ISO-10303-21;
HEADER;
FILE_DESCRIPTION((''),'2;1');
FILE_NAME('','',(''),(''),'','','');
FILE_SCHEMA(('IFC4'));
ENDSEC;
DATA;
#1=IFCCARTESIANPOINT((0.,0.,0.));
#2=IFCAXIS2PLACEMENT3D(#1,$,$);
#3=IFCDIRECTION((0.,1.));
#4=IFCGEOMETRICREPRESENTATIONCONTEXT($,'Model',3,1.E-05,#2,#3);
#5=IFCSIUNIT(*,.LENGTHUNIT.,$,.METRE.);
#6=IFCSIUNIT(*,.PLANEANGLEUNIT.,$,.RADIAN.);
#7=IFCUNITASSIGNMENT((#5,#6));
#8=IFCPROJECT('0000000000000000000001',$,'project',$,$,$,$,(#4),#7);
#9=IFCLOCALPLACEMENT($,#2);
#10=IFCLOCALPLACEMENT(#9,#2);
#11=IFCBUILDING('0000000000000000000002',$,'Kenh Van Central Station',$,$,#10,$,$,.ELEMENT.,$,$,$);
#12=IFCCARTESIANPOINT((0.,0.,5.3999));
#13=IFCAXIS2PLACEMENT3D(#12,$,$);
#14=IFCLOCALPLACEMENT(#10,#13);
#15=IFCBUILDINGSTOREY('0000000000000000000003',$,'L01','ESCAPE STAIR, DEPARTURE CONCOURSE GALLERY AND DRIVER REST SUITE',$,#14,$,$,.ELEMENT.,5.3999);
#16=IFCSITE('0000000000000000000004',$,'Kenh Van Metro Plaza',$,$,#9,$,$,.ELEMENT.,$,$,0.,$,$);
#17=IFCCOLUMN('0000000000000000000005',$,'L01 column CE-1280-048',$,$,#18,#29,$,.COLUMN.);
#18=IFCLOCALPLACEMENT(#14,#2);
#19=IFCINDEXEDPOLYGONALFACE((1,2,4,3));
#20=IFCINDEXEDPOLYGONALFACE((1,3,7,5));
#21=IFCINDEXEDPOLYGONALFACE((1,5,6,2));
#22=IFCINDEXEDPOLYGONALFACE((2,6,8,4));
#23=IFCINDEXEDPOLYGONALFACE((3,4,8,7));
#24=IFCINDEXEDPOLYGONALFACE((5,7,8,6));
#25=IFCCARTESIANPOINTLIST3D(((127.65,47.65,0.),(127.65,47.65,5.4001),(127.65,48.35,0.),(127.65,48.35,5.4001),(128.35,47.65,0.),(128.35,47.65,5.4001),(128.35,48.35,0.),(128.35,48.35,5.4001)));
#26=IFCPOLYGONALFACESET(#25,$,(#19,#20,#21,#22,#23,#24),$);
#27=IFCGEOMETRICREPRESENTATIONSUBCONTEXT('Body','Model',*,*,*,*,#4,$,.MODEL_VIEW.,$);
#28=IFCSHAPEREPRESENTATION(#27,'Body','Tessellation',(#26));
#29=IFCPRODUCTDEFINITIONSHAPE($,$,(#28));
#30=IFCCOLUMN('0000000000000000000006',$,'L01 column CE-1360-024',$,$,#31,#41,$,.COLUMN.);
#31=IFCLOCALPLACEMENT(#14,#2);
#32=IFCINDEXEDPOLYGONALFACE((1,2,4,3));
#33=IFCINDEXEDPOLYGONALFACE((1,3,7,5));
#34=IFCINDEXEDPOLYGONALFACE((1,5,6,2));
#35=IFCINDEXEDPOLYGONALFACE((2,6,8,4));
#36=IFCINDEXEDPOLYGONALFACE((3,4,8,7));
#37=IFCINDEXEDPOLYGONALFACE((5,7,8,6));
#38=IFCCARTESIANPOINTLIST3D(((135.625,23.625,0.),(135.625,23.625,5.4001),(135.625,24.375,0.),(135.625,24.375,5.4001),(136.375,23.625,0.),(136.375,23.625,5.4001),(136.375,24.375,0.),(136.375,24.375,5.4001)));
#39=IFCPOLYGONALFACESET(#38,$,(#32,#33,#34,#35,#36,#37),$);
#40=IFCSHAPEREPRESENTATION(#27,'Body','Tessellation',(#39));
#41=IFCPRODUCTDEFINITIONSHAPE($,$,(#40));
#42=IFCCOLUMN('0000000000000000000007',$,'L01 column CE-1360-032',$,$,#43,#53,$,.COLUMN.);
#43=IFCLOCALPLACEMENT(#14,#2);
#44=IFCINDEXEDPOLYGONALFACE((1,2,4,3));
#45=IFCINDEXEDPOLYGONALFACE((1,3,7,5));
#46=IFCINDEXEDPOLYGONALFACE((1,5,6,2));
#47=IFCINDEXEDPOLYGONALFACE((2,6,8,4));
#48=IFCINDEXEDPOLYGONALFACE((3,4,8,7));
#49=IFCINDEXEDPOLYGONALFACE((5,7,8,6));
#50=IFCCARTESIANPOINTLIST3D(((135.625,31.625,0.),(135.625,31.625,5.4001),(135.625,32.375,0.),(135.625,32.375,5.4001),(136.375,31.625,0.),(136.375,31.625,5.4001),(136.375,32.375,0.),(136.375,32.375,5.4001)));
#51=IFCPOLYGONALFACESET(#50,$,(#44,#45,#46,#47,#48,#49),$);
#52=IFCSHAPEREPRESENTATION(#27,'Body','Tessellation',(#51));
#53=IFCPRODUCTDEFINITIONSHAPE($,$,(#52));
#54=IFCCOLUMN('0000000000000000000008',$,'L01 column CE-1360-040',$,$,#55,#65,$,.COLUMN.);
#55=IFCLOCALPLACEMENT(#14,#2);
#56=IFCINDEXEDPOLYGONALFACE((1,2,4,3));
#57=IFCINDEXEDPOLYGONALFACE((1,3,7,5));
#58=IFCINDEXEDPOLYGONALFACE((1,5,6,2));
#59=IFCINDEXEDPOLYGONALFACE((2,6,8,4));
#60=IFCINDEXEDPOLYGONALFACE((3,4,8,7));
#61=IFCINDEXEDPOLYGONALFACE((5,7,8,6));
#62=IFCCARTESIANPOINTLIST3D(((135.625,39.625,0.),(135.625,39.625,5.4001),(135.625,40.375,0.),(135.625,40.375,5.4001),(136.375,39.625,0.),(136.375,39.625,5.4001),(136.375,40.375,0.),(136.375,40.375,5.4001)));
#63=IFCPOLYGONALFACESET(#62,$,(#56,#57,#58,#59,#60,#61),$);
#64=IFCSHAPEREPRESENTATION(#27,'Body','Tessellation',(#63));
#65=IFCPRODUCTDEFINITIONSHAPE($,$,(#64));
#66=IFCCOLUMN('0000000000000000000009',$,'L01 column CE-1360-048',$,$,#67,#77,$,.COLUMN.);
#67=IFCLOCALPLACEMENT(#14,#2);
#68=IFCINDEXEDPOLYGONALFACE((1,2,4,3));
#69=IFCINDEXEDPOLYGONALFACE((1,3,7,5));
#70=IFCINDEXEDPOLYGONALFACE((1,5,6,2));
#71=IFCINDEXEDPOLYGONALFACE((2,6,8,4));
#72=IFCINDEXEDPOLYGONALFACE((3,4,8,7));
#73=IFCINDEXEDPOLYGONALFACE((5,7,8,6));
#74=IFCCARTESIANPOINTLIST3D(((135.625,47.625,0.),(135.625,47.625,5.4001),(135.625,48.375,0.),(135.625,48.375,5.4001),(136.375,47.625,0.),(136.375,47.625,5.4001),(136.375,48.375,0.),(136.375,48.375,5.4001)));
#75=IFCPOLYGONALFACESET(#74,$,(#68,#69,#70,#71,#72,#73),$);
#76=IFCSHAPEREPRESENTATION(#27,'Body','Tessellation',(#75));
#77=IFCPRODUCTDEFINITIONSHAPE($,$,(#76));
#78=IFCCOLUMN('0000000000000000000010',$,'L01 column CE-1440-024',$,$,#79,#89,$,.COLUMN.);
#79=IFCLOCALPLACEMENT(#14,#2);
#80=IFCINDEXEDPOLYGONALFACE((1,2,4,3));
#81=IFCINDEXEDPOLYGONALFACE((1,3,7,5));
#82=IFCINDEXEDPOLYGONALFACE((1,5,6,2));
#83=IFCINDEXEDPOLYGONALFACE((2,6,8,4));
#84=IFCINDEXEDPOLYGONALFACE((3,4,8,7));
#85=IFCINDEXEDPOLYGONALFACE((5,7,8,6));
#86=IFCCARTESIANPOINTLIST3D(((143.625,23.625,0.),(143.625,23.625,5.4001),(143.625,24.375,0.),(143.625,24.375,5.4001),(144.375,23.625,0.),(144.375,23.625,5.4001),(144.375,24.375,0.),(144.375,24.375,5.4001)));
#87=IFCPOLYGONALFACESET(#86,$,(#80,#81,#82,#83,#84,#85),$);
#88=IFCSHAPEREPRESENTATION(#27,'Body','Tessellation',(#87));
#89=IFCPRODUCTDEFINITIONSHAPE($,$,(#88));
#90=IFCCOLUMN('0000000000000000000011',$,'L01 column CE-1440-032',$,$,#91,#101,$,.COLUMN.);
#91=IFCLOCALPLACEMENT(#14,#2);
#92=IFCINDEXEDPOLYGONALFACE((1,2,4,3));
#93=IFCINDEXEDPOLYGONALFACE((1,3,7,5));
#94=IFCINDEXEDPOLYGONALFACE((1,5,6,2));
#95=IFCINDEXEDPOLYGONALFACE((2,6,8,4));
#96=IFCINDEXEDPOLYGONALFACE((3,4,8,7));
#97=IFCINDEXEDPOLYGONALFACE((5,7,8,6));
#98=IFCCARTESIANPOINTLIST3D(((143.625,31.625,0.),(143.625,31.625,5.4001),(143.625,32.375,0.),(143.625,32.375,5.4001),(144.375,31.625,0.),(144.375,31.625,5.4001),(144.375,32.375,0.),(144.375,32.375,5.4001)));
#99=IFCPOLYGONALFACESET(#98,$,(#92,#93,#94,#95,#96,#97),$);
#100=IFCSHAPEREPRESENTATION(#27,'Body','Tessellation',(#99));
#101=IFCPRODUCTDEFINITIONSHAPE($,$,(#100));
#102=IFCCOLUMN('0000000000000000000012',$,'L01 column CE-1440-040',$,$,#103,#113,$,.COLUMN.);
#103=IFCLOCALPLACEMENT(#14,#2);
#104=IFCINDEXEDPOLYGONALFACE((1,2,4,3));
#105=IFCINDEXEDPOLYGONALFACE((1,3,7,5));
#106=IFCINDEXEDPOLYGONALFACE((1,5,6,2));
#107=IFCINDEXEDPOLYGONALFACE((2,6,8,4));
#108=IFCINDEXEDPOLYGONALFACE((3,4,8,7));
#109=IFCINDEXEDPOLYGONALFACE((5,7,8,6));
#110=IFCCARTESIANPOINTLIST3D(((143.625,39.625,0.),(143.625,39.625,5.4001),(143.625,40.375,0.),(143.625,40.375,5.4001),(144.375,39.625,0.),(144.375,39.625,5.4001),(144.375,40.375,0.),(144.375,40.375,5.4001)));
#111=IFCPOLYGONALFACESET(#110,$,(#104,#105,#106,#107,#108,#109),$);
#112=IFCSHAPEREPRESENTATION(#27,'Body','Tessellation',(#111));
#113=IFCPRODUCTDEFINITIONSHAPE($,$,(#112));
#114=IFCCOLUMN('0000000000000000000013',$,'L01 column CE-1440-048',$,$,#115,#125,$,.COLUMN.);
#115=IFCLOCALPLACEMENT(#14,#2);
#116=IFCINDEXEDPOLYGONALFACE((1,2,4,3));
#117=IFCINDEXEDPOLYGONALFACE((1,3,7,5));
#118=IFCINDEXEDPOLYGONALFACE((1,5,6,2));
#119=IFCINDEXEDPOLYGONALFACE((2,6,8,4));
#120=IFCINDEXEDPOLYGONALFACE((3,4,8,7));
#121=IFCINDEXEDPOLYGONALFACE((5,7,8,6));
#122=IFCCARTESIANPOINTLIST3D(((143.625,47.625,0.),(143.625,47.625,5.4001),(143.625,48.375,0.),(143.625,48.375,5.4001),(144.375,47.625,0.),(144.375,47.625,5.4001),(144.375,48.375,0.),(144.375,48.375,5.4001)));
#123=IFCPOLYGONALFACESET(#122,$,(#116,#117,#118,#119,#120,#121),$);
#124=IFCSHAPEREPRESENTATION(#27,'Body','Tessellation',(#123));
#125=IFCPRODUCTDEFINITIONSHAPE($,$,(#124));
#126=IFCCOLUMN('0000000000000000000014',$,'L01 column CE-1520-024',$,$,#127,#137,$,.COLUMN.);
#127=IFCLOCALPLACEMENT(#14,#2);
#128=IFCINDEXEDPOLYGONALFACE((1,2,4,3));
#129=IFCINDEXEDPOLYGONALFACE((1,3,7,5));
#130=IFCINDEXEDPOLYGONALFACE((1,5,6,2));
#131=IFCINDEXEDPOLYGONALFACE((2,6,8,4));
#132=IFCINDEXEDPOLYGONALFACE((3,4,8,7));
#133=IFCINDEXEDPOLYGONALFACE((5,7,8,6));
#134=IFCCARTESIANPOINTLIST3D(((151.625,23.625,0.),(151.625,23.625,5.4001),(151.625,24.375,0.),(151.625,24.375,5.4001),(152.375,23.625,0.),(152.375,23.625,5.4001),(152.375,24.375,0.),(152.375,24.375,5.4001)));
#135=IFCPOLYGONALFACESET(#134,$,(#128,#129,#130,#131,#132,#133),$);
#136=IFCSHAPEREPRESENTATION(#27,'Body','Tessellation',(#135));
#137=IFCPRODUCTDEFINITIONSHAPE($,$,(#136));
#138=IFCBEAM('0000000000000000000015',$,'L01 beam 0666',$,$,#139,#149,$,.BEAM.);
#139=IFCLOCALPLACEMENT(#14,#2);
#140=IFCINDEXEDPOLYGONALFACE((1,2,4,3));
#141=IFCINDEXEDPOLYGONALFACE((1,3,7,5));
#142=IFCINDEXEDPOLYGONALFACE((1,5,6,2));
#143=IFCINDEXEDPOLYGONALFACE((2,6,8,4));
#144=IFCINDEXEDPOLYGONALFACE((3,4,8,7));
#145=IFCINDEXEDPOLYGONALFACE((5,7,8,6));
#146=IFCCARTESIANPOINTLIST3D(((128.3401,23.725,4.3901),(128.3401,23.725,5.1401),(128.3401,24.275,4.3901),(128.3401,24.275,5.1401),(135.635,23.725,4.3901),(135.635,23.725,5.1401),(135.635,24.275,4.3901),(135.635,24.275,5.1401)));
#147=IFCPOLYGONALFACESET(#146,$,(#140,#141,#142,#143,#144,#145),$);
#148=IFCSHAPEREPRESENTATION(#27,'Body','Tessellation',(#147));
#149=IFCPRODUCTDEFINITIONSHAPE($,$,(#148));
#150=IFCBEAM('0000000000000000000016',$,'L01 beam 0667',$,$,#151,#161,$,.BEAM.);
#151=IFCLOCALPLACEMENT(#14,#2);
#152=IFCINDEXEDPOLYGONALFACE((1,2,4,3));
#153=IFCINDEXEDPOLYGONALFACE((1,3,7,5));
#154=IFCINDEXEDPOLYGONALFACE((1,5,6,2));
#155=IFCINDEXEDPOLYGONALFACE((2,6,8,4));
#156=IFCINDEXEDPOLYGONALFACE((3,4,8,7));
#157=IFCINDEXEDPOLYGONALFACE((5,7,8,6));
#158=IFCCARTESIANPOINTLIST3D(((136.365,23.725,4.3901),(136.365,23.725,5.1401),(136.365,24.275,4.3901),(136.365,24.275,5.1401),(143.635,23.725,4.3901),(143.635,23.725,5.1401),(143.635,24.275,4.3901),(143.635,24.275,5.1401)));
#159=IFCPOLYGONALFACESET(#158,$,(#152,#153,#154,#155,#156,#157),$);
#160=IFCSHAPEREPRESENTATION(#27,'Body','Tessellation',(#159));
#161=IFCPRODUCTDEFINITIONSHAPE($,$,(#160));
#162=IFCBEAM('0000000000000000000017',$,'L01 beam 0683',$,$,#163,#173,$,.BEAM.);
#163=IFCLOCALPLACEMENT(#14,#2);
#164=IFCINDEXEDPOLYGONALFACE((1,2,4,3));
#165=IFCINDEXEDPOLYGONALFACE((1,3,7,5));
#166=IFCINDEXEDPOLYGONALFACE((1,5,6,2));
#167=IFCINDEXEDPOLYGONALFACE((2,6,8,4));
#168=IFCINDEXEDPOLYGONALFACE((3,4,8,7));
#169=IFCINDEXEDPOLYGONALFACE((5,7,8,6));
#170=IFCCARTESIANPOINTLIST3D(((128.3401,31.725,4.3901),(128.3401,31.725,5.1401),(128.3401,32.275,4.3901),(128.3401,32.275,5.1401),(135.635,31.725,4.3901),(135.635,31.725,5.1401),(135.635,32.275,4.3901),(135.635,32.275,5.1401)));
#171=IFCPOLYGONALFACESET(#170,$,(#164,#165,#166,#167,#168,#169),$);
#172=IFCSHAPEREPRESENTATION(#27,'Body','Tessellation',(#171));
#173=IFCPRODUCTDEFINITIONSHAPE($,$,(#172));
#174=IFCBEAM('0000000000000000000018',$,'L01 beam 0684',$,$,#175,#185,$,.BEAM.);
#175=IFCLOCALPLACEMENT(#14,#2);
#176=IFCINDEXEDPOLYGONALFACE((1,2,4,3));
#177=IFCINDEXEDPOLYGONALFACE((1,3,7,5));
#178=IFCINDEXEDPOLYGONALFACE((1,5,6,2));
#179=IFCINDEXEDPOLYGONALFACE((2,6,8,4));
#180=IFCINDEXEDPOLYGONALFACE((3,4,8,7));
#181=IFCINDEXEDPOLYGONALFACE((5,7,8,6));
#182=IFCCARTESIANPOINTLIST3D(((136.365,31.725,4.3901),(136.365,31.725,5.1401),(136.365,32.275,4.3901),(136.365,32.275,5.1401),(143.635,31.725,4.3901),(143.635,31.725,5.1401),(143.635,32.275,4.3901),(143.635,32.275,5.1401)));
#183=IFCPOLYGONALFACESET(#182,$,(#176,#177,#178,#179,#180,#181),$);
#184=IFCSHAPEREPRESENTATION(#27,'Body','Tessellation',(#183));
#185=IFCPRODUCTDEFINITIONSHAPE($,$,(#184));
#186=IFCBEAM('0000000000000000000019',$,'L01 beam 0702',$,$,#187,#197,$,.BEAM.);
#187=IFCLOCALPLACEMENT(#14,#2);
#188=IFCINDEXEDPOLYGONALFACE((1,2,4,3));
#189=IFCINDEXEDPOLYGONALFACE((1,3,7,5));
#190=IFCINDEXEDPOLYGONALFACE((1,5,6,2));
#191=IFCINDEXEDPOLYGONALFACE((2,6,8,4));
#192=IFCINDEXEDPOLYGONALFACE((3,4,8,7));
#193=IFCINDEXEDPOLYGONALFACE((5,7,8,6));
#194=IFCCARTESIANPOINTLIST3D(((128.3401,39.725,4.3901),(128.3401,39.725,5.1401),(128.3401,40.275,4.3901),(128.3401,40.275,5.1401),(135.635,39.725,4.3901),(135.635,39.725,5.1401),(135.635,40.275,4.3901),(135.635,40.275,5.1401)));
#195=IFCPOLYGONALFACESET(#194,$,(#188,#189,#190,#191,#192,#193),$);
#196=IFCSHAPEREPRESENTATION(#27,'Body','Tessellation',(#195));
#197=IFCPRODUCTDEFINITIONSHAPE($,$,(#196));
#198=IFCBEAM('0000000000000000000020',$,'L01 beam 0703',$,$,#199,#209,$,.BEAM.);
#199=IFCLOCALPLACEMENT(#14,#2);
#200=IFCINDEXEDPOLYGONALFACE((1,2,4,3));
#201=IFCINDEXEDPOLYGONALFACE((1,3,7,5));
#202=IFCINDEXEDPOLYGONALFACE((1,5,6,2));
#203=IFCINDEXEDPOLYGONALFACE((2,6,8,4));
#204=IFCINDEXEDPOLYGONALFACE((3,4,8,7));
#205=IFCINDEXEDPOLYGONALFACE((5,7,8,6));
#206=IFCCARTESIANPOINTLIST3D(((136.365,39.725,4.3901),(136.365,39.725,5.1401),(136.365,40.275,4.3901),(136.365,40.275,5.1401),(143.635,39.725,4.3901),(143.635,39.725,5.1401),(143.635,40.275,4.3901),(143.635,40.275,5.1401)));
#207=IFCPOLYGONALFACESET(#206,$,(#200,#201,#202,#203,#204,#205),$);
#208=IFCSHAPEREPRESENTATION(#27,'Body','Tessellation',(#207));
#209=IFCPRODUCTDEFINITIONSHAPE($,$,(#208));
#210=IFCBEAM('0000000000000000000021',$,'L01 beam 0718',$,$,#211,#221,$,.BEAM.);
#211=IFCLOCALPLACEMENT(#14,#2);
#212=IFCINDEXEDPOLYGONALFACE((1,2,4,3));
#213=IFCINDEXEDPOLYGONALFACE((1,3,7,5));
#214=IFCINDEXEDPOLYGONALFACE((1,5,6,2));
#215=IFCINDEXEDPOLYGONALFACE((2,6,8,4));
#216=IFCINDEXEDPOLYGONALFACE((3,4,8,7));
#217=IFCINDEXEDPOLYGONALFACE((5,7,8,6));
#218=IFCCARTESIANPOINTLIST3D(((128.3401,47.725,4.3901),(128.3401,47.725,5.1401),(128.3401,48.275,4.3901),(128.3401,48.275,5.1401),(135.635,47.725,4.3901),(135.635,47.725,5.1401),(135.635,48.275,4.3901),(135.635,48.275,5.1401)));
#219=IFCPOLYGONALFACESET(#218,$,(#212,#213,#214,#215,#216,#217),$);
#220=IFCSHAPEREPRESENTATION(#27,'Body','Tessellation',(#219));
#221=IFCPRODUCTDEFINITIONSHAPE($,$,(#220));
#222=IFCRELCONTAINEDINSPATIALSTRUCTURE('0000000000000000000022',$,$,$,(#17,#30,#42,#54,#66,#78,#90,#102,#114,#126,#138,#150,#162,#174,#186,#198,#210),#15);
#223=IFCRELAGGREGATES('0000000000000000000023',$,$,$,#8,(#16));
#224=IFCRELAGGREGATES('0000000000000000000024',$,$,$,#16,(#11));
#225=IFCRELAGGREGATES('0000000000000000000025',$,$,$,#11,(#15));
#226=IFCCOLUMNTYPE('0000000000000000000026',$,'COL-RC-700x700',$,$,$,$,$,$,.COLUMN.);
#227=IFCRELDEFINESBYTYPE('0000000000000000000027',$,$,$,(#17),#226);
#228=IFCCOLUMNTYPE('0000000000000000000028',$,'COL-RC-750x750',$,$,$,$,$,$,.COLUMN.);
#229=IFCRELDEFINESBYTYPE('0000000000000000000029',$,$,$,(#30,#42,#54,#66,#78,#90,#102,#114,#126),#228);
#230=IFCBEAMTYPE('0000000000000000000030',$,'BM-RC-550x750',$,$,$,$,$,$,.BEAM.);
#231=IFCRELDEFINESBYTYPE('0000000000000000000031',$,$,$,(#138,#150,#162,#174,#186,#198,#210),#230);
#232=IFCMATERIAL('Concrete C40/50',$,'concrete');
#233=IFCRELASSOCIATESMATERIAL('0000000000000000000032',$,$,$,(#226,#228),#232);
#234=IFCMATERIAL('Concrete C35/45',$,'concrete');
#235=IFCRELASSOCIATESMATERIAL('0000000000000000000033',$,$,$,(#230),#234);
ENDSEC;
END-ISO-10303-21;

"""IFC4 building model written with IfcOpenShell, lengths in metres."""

from ifc_helpers import new_model, si_unit, direction, frame, origin, origin_2d, place, context, subcontext, project, spatial, rectangle, extrude, material, material_profile, profile_set, type_object, element, save


model = new_model("IFC4")

# Units and contexts
model_context = context("Model", 3, precision=1e-05, world=origin(), true_north=direction((0.0, 1.0)))
body_context = subcontext(model_context, "Body", "Model", "MODEL_VIEW")
ifc_project = project(units=[si_unit("LENGTHUNIT", "METRE"), si_unit("PLANEANGLEUNIT", "RADIAN")], contexts=[model_context])

# Site, building, storey
site_placement = place(None, origin())
site = spatial("IfcSite", under=ifc_project, at=site_placement, Name="Kenh Van Metro Plaza", CompositionType="ELEMENT", RefElevation=0.0)
building_placement = place(site_placement, origin())
building = spatial("IfcBuilding", under=site, at=building_placement, Name="Kenh Van Central Station", CompositionType="ELEMENT")
storey_placement = place(building_placement, frame((0.0, 0.0, 5.3999)))
storey = spatial("IfcBuildingStorey", under=building, at=storey_placement, Name="L01", Description="ESCAPE STAIR, DEPARTURE CONCOURSE GALLERY AND DRIVER REST SUITE", CompositionType="ELEMENT", Elevation=5.3999)

# Columns
ifc_material_1 = material(Name="Concrete C40/50", Category="concrete")
ifc_material_profile_1 = material_profile(ifc_material_1, rectangle(XDim=0.7, YDim=0.7, at=origin_2d()), Name="RC 700x700")
ifc_profile_set_1 = profile_set([ifc_material_profile_1], Name="Concrete C40/50")
column_type_1 = type_object("IfcColumnType", Name="COL-RC-700x700", PredefinedType="COLUMN", material=ifc_profile_set_1)
column_placement = place(storey_placement, frame((128.0, 48.0, 0.0), z_axis=(0.0, 0.0, 1.0), x_axis=(1.0, 0.0, 0.0)))
element("IfcColumn", 1, at=column_placement, inside=storey, type_object=column_type_1, Name="L01 column CE-1280-048", PredefinedType="COLUMN", context=body_context, shape_type="SweptSolid", body=[
    extrude(rectangle(XDim=0.7, YDim=0.7, at=origin_2d()), origin(), (0.0, 0.0, 1.0), 5.4001),
])
ifc_material_profile_2 = material_profile(ifc_material_1, rectangle(XDim=0.75, YDim=0.75, at=origin_2d()), Name="RC 750x750")
ifc_profile_set_2 = profile_set([ifc_material_profile_2], Name="Concrete C40/50")
column_type_2 = type_object("IfcColumnType", Name="COL-RC-750x750", PredefinedType="COLUMN", material=ifc_profile_set_2)
for number, where, z_axis, x_axis, name in (
    (2, (136.0, 24.0, 0.0), (0.0, 0.0, 1.0), (1.0, 0.0, 0.0), "L01 column CE-1360-024"),
    (3, (136.0, 32.0, 0.0), (0.0, 0.0, 1.0), (1.0, 0.0, 0.0), "L01 column CE-1360-032"),
    (4, (136.0, 40.0, 0.0), (0.0, 0.0, 1.0), (1.0, 0.0, 0.0), "L01 column CE-1360-040"),
    (5, (136.0, 48.0, 0.0), (0.0, 0.0, 1.0), (1.0, 0.0, 0.0), "L01 column CE-1360-048"),
    (6, (144.0, 24.0, 0.0), (0.0, 0.0, 1.0), (1.0, 0.0, 0.0), "L01 column CE-1440-024"),
    (7, (144.0, 32.0, 0.0), (0.0, 0.0, 1.0), (1.0, 0.0, 0.0), "L01 column CE-1440-032"),
    (8, (144.0, 40.0, 0.0), (0.0, 0.0, 1.0), (1.0, 0.0, 0.0), "L01 column CE-1440-040"),
    (9, (144.0, 48.0, 0.0), (0.0, 0.0, 1.0), (1.0, 0.0, 0.0), "L01 column CE-1440-048"),
    (10, (152.0, 24.0, 0.0), (0.0, 0.0, 1.0), (1.0, 0.0, 0.0), "L01 column CE-1520-024"),
):
    element("IfcColumn", number, at=place(storey_placement, frame(where, z_axis=z_axis, x_axis=x_axis)), inside=storey, type_object=column_type_2, Name=name, PredefinedType="COLUMN", context=body_context, shape_type="SweptSolid", body=[
        extrude(rectangle(XDim=0.75, YDim=0.75, at=origin_2d()), origin(), (0.0, 0.0, 1.0), 5.4001),
    ])

# Beams
ifc_material_2 = material(Name="Concrete C35/45", Category="concrete")
ifc_material_profile_3 = material_profile(ifc_material_2, rectangle(XDim=0.55, YDim=0.75, at=origin_2d()), Name="RC 550x750")
ifc_profile_set_3 = profile_set([ifc_material_profile_3], Name="Concrete C35/45")
beam_type = type_object("IfcBeamType", Name="BM-RC-550x750", PredefinedType="BEAM", material=ifc_profile_set_3)
beam_1_placement = place(storey_placement, frame((128.3401, 24.0, 4.7651), z_axis=(1.0, 0.0, 0.0), x_axis=(0.0, 1.0, 0.0)))
element("IfcBeam", 11, at=beam_1_placement, inside=storey, type_object=beam_type, Name="L01 beam 0666", PredefinedType="BEAM", context=body_context, shape_type="SweptSolid", body=[
    extrude(rectangle(XDim=0.55, YDim=0.75, at=origin_2d()), origin(), (0.0, 0.0, 1.0), 7.2949),
])
beam_2_placement = place(storey_placement, frame((136.365, 24.0, 4.7651), z_axis=(1.0, 0.0, 0.0), x_axis=(0.0, 1.0, 0.0)))
element("IfcBeam", 12, at=beam_2_placement, inside=storey, type_object=beam_type, Name="L01 beam 0667", PredefinedType="BEAM", context=body_context, shape_type="SweptSolid", body=[
    extrude(rectangle(XDim=0.55, YDim=0.75, at=origin_2d()), origin(), (0.0, 0.0, 1.0), 7.27),
])
beam_3_placement = place(storey_placement, frame((128.3401, 32.0, 4.7651), z_axis=(1.0, 0.0, 0.0), x_axis=(0.0, 1.0, 0.0)))
element("IfcBeam", 13, at=beam_3_placement, inside=storey, type_object=beam_type, Name="L01 beam 0683", PredefinedType="BEAM", context=body_context, shape_type="SweptSolid", body=[
    extrude(rectangle(XDim=0.55, YDim=0.75, at=origin_2d()), origin(), (0.0, 0.0, 1.0), 7.2949),
])
beam_4_placement = place(storey_placement, frame((136.365, 32.0, 4.7651), z_axis=(1.0, 0.0, 0.0), x_axis=(0.0, 1.0, 0.0)))
element("IfcBeam", 14, at=beam_4_placement, inside=storey, type_object=beam_type, Name="L01 beam 0684", PredefinedType="BEAM", context=body_context, shape_type="SweptSolid", body=[
    extrude(rectangle(XDim=0.55, YDim=0.75, at=origin_2d()), origin(), (0.0, 0.0, 1.0), 7.27),
])
beam_5_placement = place(storey_placement, frame((128.3401, 40.0, 4.7651), z_axis=(1.0, 0.0, 0.0), x_axis=(0.0, 1.0, 0.0)))
element("IfcBeam", 15, at=beam_5_placement, inside=storey, type_object=beam_type, Name="L01 beam 0702", PredefinedType="BEAM", context=body_context, shape_type="SweptSolid", body=[
    extrude(rectangle(XDim=0.55, YDim=0.75, at=origin_2d()), origin(), (0.0, 0.0, 1.0), 7.2949),
])
beam_6_placement = place(storey_placement, frame((136.365, 40.0, 4.7651), z_axis=(1.0, 0.0, 0.0), x_axis=(0.0, 1.0, 0.0)))
element("IfcBeam", 16, at=beam_6_placement, inside=storey, type_object=beam_type, Name="L01 beam 0703", PredefinedType="BEAM", context=body_context, shape_type="SweptSolid", body=[
    extrude(rectangle(XDim=0.55, YDim=0.75, at=origin_2d()), origin(), (0.0, 0.0, 1.0), 7.27),
])
beam_7_placement = place(storey_placement, frame((128.3401, 48.0, 4.7651), z_axis=(1.0, 0.0, 0.0), x_axis=(0.0, 1.0, 0.0)))
element("IfcBeam", 17, at=beam_7_placement, inside=storey, type_object=beam_type, Name="L01 beam 0718", PredefinedType="BEAM", context=body_context, shape_type="SweptSolid", body=[
    extrude(rectangle(XDim=0.55, YDim=0.75, at=origin_2d()), origin(), (0.0, 0.0, 1.0), 7.2949),
])

save(model, "model.ifc")
